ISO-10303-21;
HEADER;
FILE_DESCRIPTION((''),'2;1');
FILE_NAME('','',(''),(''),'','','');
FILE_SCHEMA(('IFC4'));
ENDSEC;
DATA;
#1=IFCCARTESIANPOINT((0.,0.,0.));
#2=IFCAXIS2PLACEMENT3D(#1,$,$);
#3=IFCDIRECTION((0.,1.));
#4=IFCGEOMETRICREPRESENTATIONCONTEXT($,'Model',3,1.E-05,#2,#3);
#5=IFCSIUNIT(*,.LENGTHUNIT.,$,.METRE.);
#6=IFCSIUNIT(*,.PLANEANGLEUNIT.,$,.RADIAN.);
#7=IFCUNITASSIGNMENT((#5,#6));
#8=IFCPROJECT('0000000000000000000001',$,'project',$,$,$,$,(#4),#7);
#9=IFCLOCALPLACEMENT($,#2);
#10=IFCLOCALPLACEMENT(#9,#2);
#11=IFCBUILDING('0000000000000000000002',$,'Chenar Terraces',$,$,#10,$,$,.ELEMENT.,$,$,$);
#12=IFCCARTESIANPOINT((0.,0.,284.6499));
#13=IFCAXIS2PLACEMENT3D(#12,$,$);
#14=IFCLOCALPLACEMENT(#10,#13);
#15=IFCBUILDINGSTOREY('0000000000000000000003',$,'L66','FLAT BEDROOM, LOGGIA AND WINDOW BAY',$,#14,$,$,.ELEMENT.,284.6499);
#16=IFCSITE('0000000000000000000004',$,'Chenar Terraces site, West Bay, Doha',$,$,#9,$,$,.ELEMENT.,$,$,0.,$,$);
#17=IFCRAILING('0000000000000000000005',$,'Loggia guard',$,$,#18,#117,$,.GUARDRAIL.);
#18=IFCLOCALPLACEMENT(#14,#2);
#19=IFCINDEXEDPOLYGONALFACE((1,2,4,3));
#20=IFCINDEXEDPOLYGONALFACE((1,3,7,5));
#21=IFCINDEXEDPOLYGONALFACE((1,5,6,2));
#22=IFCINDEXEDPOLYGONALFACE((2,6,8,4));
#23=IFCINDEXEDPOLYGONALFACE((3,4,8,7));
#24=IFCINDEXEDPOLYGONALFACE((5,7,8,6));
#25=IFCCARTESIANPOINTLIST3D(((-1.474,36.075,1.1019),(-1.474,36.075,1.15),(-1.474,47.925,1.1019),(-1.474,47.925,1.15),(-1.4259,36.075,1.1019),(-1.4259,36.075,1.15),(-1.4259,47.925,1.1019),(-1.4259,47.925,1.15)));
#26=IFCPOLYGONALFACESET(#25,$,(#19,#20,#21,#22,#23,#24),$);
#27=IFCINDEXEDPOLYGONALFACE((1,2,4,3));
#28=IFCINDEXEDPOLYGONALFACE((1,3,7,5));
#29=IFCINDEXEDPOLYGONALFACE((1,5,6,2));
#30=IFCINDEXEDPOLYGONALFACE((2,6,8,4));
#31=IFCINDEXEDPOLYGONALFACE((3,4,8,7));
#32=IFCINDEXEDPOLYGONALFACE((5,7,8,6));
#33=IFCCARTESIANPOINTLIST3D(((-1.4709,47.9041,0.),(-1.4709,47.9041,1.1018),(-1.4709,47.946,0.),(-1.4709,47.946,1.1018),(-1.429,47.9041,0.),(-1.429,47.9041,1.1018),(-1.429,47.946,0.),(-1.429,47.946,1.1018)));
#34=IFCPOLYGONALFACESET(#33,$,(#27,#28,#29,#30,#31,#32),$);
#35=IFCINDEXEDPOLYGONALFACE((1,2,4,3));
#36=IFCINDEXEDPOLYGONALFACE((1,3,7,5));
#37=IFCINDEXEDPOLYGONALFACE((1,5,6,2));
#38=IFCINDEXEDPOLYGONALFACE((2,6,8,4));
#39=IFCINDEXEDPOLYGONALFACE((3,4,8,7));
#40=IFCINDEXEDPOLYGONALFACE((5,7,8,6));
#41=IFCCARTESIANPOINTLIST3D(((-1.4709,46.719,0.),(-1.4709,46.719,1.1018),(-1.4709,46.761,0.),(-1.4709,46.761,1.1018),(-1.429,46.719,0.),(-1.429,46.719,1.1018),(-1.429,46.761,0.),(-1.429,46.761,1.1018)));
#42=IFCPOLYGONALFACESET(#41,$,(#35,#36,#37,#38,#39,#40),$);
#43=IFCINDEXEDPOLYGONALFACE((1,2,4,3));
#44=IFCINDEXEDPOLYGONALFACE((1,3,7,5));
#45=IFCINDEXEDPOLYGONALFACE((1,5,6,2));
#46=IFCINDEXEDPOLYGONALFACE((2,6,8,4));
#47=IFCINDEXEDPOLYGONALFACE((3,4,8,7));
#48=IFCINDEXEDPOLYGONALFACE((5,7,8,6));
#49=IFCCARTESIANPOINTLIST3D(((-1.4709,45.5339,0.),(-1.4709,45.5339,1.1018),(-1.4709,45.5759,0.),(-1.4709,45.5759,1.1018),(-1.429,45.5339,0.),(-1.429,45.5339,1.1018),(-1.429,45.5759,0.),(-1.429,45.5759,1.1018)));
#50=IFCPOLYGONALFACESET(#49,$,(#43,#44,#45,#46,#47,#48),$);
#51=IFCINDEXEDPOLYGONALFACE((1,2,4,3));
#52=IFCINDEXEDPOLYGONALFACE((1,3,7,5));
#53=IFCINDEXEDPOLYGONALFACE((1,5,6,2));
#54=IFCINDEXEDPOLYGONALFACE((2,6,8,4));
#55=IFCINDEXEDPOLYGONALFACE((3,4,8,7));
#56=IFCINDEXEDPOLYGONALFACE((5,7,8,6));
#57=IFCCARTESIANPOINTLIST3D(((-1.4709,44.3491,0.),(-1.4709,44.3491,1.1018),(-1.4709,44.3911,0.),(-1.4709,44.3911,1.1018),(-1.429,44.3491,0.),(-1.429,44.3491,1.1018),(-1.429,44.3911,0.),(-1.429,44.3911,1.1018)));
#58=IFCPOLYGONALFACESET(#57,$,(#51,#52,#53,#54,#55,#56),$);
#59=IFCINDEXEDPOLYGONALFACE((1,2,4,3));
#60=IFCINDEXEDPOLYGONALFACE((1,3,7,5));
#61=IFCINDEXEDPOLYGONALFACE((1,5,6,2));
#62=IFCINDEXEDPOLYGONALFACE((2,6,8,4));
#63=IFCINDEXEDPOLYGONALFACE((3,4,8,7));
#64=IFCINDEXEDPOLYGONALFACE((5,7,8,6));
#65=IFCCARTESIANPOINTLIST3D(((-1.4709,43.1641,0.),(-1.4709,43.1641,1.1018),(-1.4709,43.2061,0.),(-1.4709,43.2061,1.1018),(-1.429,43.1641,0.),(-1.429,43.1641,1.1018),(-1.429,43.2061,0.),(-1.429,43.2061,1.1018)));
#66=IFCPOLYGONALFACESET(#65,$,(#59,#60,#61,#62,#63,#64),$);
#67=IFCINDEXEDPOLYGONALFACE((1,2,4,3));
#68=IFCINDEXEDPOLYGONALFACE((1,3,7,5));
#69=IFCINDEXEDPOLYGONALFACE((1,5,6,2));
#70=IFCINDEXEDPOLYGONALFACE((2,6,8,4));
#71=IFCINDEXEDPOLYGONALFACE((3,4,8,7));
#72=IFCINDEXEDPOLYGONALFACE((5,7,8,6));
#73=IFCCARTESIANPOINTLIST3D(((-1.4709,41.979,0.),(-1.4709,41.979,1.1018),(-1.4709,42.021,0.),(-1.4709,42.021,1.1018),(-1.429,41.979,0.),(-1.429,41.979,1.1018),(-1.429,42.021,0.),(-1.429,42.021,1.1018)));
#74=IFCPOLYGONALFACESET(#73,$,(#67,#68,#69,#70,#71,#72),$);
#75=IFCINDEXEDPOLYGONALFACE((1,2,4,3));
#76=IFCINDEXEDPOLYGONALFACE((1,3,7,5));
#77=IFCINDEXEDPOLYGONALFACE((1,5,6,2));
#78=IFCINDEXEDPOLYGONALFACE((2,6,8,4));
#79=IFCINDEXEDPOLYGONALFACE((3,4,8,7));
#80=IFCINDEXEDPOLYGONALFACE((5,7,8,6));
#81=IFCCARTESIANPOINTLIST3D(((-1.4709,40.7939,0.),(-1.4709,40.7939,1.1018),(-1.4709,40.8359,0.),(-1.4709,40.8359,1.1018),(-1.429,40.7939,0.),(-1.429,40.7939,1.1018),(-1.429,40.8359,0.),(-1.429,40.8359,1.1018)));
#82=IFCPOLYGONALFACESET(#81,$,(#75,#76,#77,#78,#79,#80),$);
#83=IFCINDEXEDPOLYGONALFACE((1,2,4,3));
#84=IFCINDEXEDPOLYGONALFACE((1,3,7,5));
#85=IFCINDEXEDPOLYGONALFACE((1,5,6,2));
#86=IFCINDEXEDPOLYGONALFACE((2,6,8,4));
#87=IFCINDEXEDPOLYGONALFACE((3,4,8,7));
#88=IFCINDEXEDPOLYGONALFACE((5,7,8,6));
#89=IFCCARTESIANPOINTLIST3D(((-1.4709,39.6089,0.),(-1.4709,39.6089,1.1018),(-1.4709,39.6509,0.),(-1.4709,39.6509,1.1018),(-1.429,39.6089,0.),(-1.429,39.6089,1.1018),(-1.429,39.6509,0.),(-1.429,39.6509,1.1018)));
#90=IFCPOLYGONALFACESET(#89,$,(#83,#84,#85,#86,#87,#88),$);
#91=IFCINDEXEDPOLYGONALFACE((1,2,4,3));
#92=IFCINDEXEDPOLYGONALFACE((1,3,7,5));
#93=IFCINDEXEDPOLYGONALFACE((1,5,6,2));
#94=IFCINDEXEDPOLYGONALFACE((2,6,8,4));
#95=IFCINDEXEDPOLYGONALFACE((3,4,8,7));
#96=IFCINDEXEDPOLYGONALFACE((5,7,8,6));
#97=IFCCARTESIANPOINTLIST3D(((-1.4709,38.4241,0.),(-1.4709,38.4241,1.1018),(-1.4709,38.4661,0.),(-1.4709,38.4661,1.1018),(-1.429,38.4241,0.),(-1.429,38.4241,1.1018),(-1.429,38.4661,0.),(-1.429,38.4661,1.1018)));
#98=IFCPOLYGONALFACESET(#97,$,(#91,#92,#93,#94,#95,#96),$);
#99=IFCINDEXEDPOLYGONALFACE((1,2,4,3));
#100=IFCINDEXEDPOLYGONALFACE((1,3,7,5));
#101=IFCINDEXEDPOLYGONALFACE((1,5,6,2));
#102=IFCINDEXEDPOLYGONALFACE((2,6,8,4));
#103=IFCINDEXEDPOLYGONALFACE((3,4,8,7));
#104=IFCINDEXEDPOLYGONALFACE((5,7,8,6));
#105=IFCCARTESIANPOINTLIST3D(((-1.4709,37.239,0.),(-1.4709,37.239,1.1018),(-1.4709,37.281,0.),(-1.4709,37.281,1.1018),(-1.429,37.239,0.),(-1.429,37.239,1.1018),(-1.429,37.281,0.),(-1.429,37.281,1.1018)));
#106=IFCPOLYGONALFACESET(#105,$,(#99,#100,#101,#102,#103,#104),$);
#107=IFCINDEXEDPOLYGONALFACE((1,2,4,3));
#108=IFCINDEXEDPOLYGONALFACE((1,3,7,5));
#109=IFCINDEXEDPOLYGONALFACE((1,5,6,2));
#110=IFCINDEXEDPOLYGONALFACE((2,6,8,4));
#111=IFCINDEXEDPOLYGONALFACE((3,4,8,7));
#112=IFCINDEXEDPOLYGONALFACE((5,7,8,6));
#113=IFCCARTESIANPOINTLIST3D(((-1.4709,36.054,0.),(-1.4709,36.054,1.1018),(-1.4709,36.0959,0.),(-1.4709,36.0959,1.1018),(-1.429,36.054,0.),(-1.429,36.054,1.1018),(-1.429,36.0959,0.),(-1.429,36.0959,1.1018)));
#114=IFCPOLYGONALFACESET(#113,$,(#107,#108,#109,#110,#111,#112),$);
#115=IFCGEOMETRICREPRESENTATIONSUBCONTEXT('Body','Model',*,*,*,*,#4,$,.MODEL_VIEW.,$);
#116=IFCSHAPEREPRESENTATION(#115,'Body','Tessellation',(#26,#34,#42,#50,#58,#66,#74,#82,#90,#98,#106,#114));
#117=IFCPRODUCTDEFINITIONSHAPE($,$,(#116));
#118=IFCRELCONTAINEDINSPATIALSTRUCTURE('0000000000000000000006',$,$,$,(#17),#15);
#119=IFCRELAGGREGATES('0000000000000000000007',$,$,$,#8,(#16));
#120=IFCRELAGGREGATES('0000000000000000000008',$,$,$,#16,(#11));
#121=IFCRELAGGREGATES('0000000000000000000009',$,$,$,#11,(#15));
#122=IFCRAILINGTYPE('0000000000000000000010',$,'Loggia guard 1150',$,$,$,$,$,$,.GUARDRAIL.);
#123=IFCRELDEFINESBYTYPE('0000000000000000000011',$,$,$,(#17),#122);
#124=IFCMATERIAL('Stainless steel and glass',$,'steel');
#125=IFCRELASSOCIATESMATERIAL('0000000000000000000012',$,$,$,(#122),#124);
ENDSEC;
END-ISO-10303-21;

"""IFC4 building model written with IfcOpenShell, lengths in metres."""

from ifc_helpers import new_model, si_unit, direction, frame, origin, origin_2d, place, context, subcontext, project, spatial, rectangle, extrude, material, type_object, element, save


model = new_model("IFC4")

# Units and contexts
model_context = context("Model", 3, precision=1e-05, world=origin(), true_north=direction((0.0, 1.0)))
body_context = subcontext(model_context, "Body", "Model", "MODEL_VIEW")
ifc_project = project(units=[si_unit("LENGTHUNIT", "METRE"), si_unit("PLANEANGLEUNIT", "RADIAN")], contexts=[model_context])

# Site, building, storey
site_placement = place(None, origin())
site = spatial("IfcSite", under=ifc_project, at=site_placement, Name="Chenar Terraces site, West Bay, Doha", CompositionType="ELEMENT", RefElevation=0.0)
building_placement = place(site_placement, origin())
building = spatial("IfcBuilding", under=site, at=building_placement, Name="Chenar Terraces", CompositionType="ELEMENT")
storey_placement = place(building_placement, frame((0.0, 0.0, 284.6499)))
storey = spatial("IfcBuildingStorey", under=building, at=storey_placement, Name="L66", Description="FLAT BEDROOM, LOGGIA AND WINDOW BAY", CompositionType="ELEMENT", Elevation=284.6499)

# Railing
ifc_material_1 = material(Name="Stainless steel and glass", Category="steel")
railing_type = type_object("IfcRailingType", Name="Loggia guard 1150", PredefinedType="GUARDRAIL", material=ifc_material_1)
railing_placement = place(storey_placement, frame((-1.45, 47.925, 0.0)))
element("IfcRailing", 1, at=railing_placement, inside=storey, type_object=railing_type, Name="Loggia guard", PredefinedType="GUARDRAIL", context=body_context, shape_type="SweptSolid", body=[
    extrude(rectangle(XDim=0.0481, YDim=0.0481, at=origin_2d()), frame((0.0, 0.0, 1.126), z_axis=(0.0, -1.0, 0.0), x_axis=(1.0, 0.0, 0.0)), (0.0, 0.0, 1.0), 11.8501),
    extrude(rectangle(XDim=0.042, YDim=0.042, at=origin_2d()), origin(), (0.0, 0.0, 1.0), 1.1018),
    extrude(rectangle(XDim=0.042, YDim=0.042, at=origin_2d()), frame((0.0, -1.1851, 0.0)), (0.0, 0.0, 1.0), 1.1018),
    extrude(rectangle(XDim=0.042, YDim=0.042, at=origin_2d()), frame((0.0, -2.3701, 0.0)), (0.0, 0.0, 1.0), 1.1018),
    extrude(rectangle(XDim=0.042, YDim=0.042, at=origin_2d()), frame((0.0, -3.5549, 0.0)), (0.0, 0.0, 1.0), 1.1018),
    extrude(rectangle(XDim=0.042, YDim=0.042, at=origin_2d()), frame((0.0, -4.74, 0.0)), (0.0, 0.0, 1.0), 1.1018),
    extrude(rectangle(XDim=0.042, YDim=0.042, at=origin_2d()), frame((0.0, -5.925, 0.0)), (0.0, 0.0, 1.0), 1.1018),
    extrude(rectangle(XDim=0.042, YDim=0.042, at=origin_2d()), frame((0.0, -7.1101, 0.0)), (0.0, 0.0, 1.0), 1.1018),
    extrude(rectangle(XDim=0.042, YDim=0.042, at=origin_2d()), frame((0.0, -8.2952, 0.0)), (0.0, 0.0, 1.0), 1.1018),
    extrude(rectangle(XDim=0.042, YDim=0.042, at=origin_2d()), frame((0.0, -9.48, 0.0)), (0.0, 0.0, 1.0), 1.1018),
    extrude(rectangle(XDim=0.042, YDim=0.042, at=origin_2d()), frame((0.0, -10.665, 0.0)), (0.0, 0.0, 1.0), 1.1018),
    extrude(rectangle(XDim=0.042, YDim=0.042, at=origin_2d()), frame((0.0, -11.8501, 0.0)), (0.0, 0.0, 1.0), 1.1018),
])

save(model, "model.ifc")
